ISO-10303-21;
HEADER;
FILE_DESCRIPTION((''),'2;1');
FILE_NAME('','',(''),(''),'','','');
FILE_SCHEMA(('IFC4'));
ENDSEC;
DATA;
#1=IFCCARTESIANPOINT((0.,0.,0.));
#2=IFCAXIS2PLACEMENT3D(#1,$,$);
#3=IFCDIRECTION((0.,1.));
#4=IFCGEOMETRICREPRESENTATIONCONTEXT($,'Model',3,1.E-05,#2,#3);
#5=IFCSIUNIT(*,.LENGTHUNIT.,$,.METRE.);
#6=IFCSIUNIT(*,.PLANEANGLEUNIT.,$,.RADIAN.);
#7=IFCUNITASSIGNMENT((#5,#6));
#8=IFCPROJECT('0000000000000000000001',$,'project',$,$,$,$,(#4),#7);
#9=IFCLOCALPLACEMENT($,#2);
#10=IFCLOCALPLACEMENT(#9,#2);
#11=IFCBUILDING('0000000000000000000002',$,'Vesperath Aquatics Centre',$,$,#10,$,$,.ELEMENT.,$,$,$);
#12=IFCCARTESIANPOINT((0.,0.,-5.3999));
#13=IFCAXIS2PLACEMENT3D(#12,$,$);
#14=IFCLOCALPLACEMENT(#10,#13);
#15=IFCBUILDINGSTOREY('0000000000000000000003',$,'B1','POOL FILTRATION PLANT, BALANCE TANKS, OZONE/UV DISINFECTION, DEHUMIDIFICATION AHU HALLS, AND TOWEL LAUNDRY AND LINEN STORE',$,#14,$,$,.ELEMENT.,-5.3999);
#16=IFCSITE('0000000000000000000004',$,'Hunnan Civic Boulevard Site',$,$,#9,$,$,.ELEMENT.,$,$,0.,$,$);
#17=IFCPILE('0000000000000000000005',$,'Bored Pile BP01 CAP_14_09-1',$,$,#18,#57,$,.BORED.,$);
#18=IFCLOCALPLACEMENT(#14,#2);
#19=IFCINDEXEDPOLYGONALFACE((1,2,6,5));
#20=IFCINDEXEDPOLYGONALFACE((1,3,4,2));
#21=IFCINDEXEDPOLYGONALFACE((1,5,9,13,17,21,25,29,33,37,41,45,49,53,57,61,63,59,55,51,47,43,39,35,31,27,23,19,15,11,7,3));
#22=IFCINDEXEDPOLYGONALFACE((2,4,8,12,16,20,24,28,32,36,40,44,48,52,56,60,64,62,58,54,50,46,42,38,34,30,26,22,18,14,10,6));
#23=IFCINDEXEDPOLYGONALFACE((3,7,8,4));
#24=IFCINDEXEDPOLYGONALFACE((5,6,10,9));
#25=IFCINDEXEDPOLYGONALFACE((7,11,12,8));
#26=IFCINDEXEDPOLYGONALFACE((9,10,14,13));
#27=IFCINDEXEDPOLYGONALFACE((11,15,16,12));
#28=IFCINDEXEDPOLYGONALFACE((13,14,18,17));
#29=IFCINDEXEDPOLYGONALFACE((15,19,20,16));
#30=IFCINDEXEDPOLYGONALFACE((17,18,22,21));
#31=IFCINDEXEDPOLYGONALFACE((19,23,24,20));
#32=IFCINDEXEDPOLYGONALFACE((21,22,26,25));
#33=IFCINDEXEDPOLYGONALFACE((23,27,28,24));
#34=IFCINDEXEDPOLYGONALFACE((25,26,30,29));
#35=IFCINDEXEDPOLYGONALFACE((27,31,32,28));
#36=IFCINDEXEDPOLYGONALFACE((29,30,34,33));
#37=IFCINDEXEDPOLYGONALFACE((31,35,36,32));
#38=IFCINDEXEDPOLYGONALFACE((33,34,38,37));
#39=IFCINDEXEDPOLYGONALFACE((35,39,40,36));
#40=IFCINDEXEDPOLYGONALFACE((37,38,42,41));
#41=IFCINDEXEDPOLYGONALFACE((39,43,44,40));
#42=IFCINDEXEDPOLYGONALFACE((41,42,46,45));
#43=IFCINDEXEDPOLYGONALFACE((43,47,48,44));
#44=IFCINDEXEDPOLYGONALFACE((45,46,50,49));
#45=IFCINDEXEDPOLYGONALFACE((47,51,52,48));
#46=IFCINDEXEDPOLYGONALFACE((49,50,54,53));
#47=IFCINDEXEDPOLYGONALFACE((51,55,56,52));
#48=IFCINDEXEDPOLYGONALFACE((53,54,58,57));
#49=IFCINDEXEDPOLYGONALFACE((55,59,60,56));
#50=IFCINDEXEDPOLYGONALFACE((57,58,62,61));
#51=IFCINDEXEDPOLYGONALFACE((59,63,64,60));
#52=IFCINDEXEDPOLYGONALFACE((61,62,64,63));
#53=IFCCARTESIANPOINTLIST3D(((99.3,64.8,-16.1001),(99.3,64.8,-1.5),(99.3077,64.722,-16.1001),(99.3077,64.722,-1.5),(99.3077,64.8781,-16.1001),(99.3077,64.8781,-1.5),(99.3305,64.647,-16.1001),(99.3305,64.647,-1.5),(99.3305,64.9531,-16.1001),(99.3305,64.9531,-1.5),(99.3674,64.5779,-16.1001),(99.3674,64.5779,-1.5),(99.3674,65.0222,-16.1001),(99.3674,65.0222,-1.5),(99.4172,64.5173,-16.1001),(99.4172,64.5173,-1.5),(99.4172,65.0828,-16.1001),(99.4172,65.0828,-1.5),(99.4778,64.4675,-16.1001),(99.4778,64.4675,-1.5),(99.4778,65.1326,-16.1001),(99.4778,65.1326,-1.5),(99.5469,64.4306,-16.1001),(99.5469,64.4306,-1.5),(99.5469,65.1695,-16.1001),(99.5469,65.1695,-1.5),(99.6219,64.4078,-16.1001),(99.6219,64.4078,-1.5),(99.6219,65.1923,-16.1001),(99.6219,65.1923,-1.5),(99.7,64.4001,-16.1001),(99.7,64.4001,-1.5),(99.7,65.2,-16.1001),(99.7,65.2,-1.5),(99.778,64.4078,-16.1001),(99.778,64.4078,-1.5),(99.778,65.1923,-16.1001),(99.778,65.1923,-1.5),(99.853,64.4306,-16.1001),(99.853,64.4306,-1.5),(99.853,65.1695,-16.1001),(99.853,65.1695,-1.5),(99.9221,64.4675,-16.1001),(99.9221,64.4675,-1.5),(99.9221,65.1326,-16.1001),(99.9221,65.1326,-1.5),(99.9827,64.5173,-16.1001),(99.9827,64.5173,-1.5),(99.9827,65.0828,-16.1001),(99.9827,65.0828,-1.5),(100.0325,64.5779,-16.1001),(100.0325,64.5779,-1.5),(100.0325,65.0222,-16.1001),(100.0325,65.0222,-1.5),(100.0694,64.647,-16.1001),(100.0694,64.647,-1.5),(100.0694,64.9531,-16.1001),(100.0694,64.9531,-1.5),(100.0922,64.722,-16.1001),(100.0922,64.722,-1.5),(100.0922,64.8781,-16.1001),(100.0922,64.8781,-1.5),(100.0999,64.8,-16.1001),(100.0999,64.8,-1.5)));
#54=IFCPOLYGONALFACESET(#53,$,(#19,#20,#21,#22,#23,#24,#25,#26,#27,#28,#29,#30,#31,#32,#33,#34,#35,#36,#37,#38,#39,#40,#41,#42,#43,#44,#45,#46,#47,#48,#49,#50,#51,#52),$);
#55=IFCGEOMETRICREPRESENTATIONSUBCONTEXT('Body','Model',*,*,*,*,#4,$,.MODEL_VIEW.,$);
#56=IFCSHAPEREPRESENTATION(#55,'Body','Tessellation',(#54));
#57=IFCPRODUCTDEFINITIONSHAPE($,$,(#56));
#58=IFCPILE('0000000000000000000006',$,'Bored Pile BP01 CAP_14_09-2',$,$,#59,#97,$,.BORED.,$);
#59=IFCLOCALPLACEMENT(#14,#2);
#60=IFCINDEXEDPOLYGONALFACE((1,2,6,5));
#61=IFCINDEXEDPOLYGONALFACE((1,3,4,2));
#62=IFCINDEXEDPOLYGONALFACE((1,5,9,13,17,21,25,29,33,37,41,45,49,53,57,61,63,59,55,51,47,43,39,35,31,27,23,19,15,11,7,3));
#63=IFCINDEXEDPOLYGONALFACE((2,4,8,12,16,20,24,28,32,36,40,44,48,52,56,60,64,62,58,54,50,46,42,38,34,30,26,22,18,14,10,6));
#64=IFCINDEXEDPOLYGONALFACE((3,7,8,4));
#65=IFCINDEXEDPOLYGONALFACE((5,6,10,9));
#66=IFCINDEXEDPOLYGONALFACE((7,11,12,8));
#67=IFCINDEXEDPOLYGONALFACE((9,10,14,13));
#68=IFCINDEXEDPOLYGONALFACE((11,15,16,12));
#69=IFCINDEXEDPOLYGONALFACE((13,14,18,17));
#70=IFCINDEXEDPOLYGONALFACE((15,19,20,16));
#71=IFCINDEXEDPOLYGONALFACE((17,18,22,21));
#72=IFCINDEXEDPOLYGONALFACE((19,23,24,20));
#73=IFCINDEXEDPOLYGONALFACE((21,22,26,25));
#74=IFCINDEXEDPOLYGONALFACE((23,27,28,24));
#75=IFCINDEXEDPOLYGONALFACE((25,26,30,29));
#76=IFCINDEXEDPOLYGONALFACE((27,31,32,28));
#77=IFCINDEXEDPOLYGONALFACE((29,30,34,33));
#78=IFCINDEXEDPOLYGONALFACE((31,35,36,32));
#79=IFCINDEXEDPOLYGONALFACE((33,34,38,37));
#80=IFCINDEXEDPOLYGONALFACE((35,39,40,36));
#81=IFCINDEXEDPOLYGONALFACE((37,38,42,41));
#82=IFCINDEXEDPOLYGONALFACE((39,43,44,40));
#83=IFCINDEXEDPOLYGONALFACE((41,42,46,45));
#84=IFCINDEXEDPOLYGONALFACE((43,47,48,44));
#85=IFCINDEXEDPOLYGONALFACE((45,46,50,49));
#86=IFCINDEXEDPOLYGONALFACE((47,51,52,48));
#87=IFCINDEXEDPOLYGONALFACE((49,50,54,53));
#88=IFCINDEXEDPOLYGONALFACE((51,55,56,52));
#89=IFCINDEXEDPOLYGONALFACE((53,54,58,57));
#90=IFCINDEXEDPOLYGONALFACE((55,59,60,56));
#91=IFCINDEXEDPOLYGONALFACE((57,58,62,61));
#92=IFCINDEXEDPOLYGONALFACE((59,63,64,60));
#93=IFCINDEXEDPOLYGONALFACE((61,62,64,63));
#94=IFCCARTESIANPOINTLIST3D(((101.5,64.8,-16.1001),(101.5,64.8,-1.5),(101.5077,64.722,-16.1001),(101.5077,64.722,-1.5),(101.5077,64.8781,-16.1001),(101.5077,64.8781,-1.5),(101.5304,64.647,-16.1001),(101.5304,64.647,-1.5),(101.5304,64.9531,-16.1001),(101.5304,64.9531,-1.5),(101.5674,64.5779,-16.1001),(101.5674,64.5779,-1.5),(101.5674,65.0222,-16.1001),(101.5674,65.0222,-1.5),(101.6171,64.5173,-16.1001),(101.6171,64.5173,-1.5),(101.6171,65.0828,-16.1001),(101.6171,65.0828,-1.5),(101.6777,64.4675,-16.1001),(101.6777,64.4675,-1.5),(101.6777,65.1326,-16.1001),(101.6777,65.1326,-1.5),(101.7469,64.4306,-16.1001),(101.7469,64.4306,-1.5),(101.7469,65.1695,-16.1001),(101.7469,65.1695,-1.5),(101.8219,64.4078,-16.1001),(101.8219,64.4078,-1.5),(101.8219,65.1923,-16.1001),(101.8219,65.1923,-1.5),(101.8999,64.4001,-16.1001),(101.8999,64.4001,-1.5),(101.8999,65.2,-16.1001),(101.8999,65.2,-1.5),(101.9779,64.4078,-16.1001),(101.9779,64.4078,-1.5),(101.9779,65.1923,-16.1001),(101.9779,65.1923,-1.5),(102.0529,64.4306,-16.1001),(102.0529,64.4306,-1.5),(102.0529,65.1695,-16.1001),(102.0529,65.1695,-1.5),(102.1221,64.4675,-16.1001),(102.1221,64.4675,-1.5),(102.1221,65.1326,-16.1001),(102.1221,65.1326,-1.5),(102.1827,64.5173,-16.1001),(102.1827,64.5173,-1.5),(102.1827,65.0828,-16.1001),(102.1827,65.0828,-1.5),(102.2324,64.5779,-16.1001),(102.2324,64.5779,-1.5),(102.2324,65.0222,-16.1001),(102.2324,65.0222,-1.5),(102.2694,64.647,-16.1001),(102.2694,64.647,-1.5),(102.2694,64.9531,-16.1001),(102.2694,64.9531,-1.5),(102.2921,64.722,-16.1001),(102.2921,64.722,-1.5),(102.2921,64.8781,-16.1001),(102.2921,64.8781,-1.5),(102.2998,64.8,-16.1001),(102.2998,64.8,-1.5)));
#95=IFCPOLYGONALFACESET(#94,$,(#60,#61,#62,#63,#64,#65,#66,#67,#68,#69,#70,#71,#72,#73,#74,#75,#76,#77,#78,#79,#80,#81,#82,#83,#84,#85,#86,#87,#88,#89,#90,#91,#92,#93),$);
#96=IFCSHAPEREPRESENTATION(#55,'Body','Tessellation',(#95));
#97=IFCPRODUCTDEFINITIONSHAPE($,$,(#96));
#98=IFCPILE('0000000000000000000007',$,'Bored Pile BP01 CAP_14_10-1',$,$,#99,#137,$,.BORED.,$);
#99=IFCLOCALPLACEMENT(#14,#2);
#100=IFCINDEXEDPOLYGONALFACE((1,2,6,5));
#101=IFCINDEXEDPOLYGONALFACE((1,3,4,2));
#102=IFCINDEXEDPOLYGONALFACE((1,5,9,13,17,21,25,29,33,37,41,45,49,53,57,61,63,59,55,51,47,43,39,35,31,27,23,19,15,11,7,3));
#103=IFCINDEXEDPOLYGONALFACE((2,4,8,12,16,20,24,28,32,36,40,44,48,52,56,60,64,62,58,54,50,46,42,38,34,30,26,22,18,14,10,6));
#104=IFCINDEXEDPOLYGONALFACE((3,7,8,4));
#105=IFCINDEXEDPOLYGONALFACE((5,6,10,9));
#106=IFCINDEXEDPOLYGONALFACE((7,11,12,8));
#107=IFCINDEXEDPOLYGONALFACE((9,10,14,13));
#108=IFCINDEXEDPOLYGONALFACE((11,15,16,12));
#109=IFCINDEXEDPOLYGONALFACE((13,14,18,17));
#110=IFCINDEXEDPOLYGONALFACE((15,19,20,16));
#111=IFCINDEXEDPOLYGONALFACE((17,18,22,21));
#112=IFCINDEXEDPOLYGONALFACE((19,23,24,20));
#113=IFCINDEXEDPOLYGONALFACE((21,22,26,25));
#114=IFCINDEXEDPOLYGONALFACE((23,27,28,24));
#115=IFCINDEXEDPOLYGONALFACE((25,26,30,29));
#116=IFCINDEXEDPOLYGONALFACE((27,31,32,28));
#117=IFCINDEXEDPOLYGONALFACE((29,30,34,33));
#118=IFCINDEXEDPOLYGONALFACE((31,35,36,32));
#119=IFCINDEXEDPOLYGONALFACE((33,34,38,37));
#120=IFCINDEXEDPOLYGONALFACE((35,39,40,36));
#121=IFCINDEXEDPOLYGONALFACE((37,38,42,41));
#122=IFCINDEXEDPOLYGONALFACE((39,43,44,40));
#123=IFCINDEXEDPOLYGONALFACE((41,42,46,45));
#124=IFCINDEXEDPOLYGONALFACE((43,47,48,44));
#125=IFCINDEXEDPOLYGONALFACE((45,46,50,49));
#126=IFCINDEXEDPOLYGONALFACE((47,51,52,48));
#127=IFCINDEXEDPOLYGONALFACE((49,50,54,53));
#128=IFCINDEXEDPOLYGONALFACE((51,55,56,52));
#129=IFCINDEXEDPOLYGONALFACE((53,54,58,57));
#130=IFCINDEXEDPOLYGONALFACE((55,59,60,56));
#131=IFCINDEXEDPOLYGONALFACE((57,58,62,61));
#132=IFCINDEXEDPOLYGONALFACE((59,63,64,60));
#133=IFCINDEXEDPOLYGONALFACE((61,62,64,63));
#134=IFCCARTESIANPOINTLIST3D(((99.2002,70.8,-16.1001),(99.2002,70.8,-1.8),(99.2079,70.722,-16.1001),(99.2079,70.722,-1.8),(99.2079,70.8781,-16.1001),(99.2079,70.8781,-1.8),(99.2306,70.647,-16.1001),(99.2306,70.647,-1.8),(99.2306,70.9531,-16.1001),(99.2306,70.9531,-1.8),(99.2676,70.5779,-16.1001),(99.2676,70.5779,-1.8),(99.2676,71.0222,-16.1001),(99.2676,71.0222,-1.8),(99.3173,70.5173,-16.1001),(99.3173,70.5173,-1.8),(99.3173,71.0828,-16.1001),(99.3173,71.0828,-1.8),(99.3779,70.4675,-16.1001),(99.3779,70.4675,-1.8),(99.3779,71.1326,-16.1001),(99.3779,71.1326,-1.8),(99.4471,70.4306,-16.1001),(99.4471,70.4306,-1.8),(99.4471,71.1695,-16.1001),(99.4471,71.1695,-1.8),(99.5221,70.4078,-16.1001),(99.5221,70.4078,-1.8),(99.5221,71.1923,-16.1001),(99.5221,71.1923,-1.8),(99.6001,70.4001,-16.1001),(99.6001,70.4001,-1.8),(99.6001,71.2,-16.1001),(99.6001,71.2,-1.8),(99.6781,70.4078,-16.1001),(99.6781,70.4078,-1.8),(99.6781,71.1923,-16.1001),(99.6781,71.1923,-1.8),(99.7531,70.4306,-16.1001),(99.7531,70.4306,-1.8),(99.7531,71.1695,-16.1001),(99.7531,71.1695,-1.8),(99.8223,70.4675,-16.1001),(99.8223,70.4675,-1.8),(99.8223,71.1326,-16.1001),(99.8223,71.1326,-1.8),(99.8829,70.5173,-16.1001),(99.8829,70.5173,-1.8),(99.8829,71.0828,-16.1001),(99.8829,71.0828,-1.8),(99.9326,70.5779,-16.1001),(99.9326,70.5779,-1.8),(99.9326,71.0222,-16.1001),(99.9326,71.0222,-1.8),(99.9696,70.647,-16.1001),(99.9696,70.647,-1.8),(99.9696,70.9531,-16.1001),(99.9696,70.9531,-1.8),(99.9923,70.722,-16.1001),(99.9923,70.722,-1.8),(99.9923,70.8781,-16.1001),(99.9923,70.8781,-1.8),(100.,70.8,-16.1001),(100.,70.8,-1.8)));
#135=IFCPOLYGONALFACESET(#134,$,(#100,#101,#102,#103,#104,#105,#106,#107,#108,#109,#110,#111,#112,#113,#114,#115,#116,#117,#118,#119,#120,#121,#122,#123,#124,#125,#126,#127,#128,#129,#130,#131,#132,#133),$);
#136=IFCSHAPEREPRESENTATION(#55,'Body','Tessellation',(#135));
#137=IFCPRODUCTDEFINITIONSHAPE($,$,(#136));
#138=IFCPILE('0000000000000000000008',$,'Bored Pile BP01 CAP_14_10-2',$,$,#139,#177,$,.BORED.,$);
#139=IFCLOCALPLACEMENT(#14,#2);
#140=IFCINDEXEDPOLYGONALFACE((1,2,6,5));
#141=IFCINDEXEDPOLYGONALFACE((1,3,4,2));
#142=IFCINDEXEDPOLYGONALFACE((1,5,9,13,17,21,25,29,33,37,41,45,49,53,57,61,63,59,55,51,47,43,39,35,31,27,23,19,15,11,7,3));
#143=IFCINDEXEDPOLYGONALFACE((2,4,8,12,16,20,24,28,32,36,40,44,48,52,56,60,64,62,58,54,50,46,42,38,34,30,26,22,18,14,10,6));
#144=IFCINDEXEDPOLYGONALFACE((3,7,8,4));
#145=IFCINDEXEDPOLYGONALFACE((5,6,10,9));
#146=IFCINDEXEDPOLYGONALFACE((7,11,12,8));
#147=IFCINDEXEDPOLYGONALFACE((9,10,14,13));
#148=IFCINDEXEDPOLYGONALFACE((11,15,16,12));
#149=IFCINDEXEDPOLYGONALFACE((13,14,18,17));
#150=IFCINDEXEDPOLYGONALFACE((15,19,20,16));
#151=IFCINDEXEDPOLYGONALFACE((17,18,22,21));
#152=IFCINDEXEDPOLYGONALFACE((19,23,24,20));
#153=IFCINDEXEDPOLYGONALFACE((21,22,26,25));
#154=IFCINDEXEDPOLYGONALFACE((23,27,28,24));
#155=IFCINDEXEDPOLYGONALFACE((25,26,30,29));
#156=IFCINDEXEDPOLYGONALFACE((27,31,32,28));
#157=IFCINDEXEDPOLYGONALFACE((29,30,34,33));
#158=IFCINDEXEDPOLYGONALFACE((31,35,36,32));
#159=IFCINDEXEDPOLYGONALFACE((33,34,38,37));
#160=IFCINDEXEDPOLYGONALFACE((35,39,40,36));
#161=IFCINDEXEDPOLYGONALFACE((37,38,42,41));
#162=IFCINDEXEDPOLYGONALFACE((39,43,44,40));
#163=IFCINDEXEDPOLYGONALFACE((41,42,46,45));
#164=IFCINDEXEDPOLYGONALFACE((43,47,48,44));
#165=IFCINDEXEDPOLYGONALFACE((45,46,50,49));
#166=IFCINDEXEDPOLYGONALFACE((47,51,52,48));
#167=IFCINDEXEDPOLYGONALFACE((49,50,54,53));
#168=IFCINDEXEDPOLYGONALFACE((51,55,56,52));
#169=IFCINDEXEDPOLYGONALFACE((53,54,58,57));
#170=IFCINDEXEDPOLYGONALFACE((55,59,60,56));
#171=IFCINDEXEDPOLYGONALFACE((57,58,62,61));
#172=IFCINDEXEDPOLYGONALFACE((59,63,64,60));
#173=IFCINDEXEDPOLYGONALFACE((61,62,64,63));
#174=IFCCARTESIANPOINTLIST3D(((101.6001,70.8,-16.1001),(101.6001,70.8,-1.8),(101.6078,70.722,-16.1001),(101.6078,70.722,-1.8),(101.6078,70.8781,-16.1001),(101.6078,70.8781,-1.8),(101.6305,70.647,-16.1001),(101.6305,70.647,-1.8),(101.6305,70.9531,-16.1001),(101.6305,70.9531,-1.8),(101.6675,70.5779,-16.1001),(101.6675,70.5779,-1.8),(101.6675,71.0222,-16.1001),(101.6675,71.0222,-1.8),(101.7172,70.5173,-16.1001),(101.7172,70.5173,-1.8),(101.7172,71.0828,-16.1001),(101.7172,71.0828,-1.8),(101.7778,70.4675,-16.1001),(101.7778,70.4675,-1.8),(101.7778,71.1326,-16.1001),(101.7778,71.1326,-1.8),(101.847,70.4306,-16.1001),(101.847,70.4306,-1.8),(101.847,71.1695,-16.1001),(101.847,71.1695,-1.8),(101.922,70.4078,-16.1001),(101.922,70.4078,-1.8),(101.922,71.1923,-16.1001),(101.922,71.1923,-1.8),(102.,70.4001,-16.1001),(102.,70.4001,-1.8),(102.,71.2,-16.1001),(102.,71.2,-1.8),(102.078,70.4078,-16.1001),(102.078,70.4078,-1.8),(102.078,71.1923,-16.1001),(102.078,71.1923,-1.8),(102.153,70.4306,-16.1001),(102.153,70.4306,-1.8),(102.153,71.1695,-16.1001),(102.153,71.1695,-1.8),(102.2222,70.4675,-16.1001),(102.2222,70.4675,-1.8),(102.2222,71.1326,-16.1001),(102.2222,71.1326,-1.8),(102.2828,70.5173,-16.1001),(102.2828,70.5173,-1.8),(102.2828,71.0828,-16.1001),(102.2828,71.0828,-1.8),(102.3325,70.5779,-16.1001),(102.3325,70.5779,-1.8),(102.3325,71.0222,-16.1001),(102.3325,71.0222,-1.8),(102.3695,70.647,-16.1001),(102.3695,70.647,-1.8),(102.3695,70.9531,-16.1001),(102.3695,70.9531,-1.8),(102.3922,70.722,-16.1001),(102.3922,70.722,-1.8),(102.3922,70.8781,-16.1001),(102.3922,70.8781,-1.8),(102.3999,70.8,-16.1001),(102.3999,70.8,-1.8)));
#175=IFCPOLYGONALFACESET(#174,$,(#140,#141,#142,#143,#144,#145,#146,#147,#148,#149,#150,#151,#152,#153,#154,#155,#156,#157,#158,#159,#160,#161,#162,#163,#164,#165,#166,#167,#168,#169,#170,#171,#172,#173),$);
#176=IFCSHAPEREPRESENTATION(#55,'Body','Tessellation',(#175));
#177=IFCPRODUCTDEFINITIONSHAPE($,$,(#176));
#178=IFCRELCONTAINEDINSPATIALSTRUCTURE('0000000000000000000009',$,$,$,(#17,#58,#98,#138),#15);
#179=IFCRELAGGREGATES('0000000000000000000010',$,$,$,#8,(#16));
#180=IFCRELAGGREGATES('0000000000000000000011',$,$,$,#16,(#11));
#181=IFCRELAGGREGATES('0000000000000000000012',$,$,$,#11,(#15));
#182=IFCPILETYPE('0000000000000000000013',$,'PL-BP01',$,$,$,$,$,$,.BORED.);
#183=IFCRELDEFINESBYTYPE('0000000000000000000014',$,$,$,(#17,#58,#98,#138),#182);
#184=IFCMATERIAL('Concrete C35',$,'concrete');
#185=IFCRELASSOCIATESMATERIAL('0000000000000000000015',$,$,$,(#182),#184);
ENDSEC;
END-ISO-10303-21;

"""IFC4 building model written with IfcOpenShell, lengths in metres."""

from ifc_helpers import new_model, si_unit, direction, frame, origin, origin_2d, place, context, subcontext, project, spatial, circle, extrude, material, material_profile, profile_set, type_object, element, save


model = new_model("IFC4")

# Units and contexts
model_context = context("Model", 3, precision=1e-05, world=origin(), true_north=direction((0.0, 1.0)))
body_context = subcontext(model_context, "Body", "Model", "MODEL_VIEW")
ifc_project = project(units=[si_unit("LENGTHUNIT", "METRE"), si_unit("PLANEANGLEUNIT", "RADIAN")], contexts=[model_context])

# Site, building, storey
site_placement = place(None, origin())
site = spatial("IfcSite", under=ifc_project, at=site_placement, Name="Hunnan Civic Boulevard Site", CompositionType="ELEMENT", RefElevation=0.0)
building_placement = place(site_placement, origin())
building = spatial("IfcBuilding", under=site, at=building_placement, Name="Vesperath Aquatics Centre", CompositionType="ELEMENT")
storey_placement = place(building_placement, frame((0.0, 0.0, -5.3999)))
storey = spatial("IfcBuildingStorey", under=building, at=storey_placement, Name="B1", Description="POOL FILTRATION PLANT, BALANCE TANKS, OZONE/UV DISINFECTION, DEHUMIDIFICATION AHU HALLS, AND TOWEL LAUNDRY AND LINEN STORE", CompositionType="ELEMENT", Elevation=-5.3999)

# Piles
ifc_material_1 = material(Name="Concrete C35", Category="concrete")
ifc_material_profile_1 = material_profile(ifc_material_1, circle(Radius=0.3999, at=origin_2d()), Name="PILE D800")
ifc_profile_set_1 = profile_set([ifc_material_profile_1], Name="Concrete C35")
pile_type = type_object("IfcPileType", Name="PL-BP01", PredefinedType="BORED", material=ifc_profile_set_1)
for number, where, z_axis, x_axis, name in (
    (1, (99.7, 64.8, -1.5), (0.0, 0.0, -1.0), (1.0, 0.0, 0.0), "Bored Pile BP01 CAP_14_09-1"),
    (2, (101.8999, 64.8, -1.5), (0.0, 0.0, -1.0), (1.0, 0.0, 0.0), "Bored Pile BP01 CAP_14_09-2"),
):
    element("IfcPile", number, at=place(storey_placement, frame(where, z_axis=z_axis, x_axis=x_axis)), inside=storey, type_object=pile_type, Name=name, PredefinedType="BORED", context=body_context, shape_type="SweptSolid", body=[
        extrude(circle(Radius=0.3999, at=origin_2d()), origin(), (0.0, 0.0, 1.0), 14.6001),
    ])
for number, where, z_axis, x_axis, name in (
    (3, (99.6001, 70.8, -1.8), (0.0, 0.0, -1.0), (1.0, 0.0, 0.0), "Bored Pile BP01 CAP_14_10-1"),
    (4, (102.0, 70.8, -1.8), (0.0, 0.0, -1.0), (1.0, 0.0, 0.0), "Bored Pile BP01 CAP_14_10-2"),
):
    element("IfcPile", number, at=place(storey_placement, frame(where, z_axis=z_axis, x_axis=x_axis)), inside=storey, type_object=pile_type, Name=name, PredefinedType="BORED", context=body_context, shape_type="SweptSolid", body=[
        extrude(circle(Radius=0.3999, at=origin_2d()), origin(), (0.0, 0.0, 1.0), 14.3),
    ])

save(model, "model.ifc")
